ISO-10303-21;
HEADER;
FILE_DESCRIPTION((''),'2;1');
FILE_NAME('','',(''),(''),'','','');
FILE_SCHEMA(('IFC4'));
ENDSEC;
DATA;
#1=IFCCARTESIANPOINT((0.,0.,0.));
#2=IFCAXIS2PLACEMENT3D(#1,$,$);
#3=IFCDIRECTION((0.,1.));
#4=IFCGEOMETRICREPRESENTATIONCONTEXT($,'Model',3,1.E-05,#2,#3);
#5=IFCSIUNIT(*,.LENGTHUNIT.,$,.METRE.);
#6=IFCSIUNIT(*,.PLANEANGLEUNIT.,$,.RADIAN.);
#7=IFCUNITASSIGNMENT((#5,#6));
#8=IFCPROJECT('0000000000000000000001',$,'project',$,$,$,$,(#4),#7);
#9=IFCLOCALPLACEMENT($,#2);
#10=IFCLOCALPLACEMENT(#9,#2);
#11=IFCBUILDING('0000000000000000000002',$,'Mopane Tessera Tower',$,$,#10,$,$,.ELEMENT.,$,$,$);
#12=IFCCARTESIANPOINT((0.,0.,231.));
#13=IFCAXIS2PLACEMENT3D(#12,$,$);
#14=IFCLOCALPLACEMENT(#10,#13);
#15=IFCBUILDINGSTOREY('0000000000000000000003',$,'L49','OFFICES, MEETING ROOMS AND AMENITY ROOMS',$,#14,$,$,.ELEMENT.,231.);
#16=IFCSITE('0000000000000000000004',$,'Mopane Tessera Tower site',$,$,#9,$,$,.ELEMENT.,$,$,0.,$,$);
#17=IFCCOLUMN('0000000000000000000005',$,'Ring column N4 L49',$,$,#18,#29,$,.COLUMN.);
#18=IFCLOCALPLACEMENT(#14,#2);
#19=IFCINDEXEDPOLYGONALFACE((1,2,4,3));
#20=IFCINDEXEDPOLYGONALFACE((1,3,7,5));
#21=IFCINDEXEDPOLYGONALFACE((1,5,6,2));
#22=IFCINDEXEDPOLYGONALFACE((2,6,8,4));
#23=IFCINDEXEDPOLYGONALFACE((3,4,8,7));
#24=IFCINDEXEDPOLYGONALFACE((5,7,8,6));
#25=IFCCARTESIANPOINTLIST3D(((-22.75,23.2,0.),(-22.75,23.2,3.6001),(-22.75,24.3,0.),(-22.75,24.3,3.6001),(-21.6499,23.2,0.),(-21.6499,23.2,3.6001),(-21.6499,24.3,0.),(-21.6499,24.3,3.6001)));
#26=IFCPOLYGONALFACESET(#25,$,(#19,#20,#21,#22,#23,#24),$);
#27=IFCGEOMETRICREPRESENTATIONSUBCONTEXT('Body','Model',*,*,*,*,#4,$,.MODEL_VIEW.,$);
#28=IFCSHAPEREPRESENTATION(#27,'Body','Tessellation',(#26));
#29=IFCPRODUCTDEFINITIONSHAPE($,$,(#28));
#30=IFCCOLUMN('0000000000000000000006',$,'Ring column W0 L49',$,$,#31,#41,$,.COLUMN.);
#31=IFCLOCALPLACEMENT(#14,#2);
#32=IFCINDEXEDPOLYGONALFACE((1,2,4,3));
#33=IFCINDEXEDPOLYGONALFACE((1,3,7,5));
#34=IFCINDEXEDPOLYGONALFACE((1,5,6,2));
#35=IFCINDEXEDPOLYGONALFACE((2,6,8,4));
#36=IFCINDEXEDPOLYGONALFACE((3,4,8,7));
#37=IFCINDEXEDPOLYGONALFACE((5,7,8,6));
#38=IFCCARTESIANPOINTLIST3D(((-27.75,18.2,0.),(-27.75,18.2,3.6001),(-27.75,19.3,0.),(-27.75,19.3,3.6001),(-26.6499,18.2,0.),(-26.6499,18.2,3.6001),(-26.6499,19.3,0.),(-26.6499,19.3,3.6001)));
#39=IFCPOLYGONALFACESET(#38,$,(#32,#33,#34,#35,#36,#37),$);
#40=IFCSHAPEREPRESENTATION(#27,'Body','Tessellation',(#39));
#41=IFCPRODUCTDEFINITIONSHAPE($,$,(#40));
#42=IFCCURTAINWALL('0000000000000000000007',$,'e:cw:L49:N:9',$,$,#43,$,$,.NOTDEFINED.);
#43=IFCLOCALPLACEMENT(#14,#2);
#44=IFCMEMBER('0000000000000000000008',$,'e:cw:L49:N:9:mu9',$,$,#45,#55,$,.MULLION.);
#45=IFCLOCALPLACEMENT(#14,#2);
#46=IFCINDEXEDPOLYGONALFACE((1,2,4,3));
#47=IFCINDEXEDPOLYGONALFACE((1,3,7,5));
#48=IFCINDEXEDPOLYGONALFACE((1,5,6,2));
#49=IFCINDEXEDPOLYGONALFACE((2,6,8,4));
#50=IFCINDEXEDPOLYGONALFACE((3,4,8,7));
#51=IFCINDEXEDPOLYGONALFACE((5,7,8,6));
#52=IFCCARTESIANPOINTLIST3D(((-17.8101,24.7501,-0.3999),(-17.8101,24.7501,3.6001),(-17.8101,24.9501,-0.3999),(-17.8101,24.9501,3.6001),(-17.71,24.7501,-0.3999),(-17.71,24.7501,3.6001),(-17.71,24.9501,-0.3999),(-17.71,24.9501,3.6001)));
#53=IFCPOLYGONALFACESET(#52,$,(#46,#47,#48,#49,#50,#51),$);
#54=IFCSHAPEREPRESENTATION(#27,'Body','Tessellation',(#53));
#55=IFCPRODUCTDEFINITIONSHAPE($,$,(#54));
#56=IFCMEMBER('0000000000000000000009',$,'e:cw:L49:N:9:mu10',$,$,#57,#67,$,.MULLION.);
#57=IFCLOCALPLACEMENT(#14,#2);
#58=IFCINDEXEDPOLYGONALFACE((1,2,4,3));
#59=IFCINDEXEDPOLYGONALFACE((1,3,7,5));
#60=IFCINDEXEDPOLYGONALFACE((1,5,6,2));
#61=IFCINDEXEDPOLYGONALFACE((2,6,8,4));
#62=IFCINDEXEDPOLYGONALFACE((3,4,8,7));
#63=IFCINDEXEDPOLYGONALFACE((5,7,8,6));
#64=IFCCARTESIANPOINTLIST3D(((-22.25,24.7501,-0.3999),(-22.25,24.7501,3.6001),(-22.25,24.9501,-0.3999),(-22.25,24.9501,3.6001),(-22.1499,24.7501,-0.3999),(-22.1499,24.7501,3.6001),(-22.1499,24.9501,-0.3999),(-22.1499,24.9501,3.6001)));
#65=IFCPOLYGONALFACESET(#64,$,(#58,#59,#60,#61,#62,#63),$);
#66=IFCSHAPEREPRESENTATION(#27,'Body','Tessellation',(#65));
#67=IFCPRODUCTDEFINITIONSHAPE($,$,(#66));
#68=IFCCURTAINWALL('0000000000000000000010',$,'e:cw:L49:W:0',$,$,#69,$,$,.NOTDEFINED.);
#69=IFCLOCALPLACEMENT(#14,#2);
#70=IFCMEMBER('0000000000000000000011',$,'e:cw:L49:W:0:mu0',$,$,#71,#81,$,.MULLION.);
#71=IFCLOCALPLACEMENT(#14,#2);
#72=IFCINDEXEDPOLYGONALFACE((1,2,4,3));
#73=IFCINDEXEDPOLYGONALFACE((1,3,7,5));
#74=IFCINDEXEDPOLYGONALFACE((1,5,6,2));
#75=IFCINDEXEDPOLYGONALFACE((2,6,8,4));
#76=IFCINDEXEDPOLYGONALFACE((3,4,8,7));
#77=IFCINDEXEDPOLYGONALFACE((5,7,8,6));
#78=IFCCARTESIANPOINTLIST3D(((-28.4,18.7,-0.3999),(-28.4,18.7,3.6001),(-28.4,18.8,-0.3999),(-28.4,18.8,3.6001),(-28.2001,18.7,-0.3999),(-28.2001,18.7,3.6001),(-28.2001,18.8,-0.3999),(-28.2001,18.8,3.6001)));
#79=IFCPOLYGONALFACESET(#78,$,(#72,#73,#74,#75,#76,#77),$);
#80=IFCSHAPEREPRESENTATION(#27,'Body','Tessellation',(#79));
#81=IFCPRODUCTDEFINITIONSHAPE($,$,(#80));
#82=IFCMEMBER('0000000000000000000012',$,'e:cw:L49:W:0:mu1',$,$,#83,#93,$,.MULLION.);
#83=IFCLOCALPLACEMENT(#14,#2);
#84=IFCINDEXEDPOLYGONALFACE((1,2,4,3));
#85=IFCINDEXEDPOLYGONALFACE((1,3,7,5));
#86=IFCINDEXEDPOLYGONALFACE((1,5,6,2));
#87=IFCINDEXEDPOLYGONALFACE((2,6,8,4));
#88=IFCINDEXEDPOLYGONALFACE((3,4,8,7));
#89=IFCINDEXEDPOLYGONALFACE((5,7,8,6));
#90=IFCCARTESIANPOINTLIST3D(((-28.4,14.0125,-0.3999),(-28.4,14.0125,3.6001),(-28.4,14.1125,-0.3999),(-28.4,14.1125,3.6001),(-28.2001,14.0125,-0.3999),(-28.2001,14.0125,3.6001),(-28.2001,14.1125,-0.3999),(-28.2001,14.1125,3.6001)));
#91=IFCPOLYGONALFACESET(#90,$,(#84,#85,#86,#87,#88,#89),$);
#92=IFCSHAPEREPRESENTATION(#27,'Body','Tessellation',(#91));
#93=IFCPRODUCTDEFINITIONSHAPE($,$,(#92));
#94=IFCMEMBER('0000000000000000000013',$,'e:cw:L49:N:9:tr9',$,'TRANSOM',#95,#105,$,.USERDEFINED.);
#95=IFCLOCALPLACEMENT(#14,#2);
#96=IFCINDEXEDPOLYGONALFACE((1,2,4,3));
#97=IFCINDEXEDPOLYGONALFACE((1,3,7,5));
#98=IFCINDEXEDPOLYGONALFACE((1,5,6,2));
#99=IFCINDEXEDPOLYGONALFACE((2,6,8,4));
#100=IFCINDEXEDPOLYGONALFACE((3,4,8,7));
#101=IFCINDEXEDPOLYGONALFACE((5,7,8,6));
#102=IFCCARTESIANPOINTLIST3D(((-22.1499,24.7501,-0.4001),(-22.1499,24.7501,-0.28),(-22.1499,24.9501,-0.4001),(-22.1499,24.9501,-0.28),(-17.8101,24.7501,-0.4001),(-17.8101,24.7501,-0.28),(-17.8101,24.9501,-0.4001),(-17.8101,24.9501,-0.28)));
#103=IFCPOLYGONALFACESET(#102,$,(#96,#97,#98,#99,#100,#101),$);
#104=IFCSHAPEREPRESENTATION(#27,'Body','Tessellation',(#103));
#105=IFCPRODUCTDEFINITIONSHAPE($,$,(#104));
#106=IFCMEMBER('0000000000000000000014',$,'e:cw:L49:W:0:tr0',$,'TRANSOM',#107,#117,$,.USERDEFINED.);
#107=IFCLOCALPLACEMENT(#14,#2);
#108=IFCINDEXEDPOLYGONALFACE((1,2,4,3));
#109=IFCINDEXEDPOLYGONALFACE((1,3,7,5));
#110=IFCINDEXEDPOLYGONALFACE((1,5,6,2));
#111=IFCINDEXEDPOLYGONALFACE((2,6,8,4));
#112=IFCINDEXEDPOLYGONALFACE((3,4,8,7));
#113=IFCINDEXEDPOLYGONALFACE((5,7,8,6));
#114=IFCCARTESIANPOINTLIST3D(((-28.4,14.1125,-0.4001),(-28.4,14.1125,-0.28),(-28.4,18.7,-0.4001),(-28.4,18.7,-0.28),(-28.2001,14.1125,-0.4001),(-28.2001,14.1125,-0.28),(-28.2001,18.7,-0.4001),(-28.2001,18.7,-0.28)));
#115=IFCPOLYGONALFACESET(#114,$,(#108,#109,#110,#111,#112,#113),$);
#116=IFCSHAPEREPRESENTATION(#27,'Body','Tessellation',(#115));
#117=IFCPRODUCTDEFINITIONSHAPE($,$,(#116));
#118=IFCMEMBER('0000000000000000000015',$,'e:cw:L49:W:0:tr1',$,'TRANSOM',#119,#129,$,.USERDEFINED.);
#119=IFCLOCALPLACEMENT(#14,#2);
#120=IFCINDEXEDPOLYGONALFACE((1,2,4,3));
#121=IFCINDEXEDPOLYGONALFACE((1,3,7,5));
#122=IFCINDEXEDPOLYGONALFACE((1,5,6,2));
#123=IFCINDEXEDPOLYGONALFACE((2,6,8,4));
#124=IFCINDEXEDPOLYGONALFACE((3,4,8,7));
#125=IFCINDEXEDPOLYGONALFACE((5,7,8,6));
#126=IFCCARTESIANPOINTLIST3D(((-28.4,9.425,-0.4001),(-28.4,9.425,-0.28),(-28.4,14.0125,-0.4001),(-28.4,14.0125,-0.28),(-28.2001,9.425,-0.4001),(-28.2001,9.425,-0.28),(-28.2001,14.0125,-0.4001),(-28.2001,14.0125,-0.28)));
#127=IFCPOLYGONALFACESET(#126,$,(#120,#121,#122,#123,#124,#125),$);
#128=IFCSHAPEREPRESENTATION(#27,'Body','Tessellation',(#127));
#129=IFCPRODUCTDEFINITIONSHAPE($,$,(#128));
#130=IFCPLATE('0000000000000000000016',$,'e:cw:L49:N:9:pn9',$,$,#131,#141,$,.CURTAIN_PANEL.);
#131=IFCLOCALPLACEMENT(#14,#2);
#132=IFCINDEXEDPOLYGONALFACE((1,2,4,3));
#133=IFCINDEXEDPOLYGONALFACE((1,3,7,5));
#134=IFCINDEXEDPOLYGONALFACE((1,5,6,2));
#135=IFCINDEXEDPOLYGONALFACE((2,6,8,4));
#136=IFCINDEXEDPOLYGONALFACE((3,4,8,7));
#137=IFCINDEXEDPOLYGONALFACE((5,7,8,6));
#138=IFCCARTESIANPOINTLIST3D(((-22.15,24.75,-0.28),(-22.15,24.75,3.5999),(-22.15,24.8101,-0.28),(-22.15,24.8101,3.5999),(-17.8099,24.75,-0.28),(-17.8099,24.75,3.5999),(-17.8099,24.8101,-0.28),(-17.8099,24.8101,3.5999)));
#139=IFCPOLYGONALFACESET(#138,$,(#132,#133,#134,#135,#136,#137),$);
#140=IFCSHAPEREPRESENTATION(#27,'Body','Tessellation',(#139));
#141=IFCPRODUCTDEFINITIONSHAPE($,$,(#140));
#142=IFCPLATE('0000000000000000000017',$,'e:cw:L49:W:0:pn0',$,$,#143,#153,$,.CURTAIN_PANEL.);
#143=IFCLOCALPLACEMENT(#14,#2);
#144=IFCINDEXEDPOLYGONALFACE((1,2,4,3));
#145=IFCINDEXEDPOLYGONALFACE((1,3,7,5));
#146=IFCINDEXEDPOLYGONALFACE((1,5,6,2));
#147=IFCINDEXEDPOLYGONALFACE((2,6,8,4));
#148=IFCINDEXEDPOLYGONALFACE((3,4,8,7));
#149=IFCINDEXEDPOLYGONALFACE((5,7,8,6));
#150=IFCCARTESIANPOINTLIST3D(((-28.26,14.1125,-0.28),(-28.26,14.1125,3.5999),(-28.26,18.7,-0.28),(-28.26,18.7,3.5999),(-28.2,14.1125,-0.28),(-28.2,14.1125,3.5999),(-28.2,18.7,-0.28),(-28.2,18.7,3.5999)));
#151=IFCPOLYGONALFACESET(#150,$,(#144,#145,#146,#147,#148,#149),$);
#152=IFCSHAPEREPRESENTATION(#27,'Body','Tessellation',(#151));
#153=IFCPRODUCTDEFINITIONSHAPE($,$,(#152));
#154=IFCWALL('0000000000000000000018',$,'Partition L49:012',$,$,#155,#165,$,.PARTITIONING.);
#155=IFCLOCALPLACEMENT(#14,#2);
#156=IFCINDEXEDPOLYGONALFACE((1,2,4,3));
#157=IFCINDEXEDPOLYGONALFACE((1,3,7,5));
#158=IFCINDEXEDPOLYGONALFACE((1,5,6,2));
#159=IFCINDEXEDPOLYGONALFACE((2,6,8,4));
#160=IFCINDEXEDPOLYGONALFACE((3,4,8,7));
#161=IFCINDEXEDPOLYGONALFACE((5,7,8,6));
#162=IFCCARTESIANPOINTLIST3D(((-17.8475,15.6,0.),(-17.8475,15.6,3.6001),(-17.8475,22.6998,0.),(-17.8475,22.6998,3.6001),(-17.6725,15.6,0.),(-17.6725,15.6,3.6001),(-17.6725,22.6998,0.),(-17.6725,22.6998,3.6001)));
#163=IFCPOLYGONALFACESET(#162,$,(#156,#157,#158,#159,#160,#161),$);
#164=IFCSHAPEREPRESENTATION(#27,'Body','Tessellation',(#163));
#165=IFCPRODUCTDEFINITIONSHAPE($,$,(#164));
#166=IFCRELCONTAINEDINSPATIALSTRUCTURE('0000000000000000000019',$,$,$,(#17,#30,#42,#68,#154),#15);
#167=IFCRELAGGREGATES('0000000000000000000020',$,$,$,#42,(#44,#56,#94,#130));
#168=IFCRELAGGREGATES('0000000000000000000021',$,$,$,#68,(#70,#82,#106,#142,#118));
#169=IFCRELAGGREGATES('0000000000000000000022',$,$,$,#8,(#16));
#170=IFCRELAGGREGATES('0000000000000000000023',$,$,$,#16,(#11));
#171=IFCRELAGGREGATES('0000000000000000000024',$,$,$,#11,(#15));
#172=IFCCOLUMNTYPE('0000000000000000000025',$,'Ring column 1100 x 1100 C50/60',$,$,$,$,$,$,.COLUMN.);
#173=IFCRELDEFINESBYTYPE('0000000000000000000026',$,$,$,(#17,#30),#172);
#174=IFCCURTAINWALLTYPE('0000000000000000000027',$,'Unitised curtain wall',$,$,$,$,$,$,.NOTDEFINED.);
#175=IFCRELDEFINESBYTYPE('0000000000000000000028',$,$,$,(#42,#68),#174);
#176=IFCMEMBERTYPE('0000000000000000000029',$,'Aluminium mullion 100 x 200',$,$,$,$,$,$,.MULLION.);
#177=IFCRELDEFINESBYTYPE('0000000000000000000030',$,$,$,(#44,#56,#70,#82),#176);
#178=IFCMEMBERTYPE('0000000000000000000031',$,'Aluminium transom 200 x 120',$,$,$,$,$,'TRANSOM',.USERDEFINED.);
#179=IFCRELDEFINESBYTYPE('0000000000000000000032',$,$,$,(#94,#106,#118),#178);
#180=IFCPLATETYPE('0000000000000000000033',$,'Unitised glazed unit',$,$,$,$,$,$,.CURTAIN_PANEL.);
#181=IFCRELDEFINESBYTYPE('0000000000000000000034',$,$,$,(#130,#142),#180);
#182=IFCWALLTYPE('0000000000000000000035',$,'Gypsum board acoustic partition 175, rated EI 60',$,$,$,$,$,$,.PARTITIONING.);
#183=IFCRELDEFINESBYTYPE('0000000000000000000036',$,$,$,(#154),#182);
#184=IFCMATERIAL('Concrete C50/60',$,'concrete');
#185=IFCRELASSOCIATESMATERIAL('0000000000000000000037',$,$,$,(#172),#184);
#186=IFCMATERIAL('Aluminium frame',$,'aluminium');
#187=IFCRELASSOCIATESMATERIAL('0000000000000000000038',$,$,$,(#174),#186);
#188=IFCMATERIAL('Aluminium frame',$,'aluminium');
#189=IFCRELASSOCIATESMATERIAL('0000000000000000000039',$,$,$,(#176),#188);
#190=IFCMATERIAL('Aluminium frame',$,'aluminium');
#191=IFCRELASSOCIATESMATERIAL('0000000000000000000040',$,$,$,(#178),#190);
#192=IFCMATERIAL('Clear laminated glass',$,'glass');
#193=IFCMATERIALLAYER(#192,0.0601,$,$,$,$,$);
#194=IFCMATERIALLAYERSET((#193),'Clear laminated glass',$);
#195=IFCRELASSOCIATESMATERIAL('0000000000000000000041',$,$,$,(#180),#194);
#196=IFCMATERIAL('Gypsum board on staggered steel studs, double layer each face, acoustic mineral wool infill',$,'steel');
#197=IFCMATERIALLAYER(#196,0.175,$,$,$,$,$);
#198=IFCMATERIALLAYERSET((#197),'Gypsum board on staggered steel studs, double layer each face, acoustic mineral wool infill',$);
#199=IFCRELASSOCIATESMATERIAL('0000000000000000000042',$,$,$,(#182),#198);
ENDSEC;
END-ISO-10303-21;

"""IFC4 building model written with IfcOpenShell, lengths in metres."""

from ifc_helpers import new_model, si_unit, direction, frame, frame_2d, origin, origin_2d, place, context, subcontext, project, spatial, rectangle, extrude, material, layer, layer_set, material_profile, profile_set, type_object, element, aggregate, save


model = new_model("IFC4")

# Units and contexts
model_context = context("Model", 3, precision=1e-05, world=origin(), true_north=direction((0.0, 1.0)))
body_context = subcontext(model_context, "Body", "Model", "MODEL_VIEW")
ifc_project = project(units=[si_unit("LENGTHUNIT", "METRE"), si_unit("PLANEANGLEUNIT", "RADIAN")], contexts=[model_context])

# Site, building, storey
site_placement = place(None, origin())
site = spatial("IfcSite", under=ifc_project, at=site_placement, Name="Mopane Tessera Tower site", CompositionType="ELEMENT", RefElevation=0.0)
building_placement = place(site_placement, origin())
building = spatial("IfcBuilding", under=site, at=building_placement, Name="Mopane Tessera Tower", CompositionType="ELEMENT")
storey_placement = place(building_placement, frame((0.0, 0.0, 231.0)))
storey = spatial("IfcBuildingStorey", under=building, at=storey_placement, Name="L49", Description="OFFICES, MEETING ROOMS AND AMENITY ROOMS", CompositionType="ELEMENT", Elevation=231.0)

# Columns
ifc_material_1 = material(Name="Concrete C50/60", Category="concrete")
ifc_material_profile_1 = material_profile(ifc_material_1, rectangle(XDim=1.1001, YDim=1.1001, at=origin_2d()))
ifc_profile_set_1 = profile_set([ifc_material_profile_1], Name="Concrete C50/60")
column_type = type_object("IfcColumnType", Name="Ring column 1100 x 1100 C50/60", PredefinedType="COLUMN", material=ifc_profile_set_1)
for number, where, z_axis, x_axis, name in (
    (1, (-22.2, 23.75, 0.0), (0.0, 0.0, 1.0), (1.0, 0.0, 0.0), "Ring column N4 L49"),
    (2, (-27.2, 18.75, 0.0), (0.0, 0.0, 1.0), (1.0, 0.0, 0.0), "Ring column W0 L49"),
):
    element("IfcColumn", number, at=place(storey_placement, frame(where, z_axis=z_axis, x_axis=x_axis)), inside=storey, type_object=column_type, Name=name, PredefinedType="COLUMN", context=body_context, shape_type="SweptSolid", body=[
        extrude(rectangle(XDim=1.1001, YDim=1.1001, at=origin_2d()), origin(), (0.0, 0.0, 1.0), 3.6001),
    ])

# Curtain walls, members
ifc_material_2 = material(Name="Aluminium frame", Category="aluminium")
curtain_wall_type = type_object("IfcCurtainWallType", Name="Unitised curtain wall", PredefinedType="NOTDEFINED", material=ifc_material_2)
curtain_wall_1_placement = place(storey_placement, origin())
curtain_wall_1 = element("IfcCurtainWall", 3, at=curtain_wall_1_placement, inside=storey, type_object=curtain_wall_type, Name="e:cw:L49:N:9", PredefinedType="NOTDEFINED")
ifc_material_3 = material(Name="Aluminium frame", Category="aluminium")
ifc_material_profile_2 = material_profile(ifc_material_3, rectangle(XDim=0.1001, YDim=0.2, at=origin_2d()))
ifc_profile_set_2 = profile_set([ifc_material_profile_2], Name="Aluminium frame")
member_type_1 = type_object("IfcMemberType", Name="Aluminium mullion 100 x 200", PredefinedType="MULLION", material=ifc_profile_set_2)
member_1_placement = place(storey_placement, frame((-17.76, 24.8501, -0.3999), z_axis=(0.0, 0.0, 1.0), x_axis=(-1.0, 0.0, 0.0)))
member_1 = element("IfcMember", 4, at=member_1_placement, type_object=member_type_1, Name="e:cw:L49:N:9:mu9", PredefinedType="MULLION", context=body_context, shape_type="SweptSolid", body=[
    extrude(rectangle(XDim=0.1001, YDim=0.2, at=origin_2d()), origin(), (0.0, 0.0, 1.0), 4.0),
])
member_2_placement = place(storey_placement, frame((-22.2, 24.8501, -0.3999), z_axis=(0.0, 0.0, 1.0), x_axis=(-1.0, 0.0, 0.0)))
member_2 = element("IfcMember", 5, at=member_2_placement, type_object=member_type_1, Name="e:cw:L49:N:9:mu10", PredefinedType="MULLION", context=body_context, shape_type="SweptSolid", body=[
    extrude(rectangle(XDim=0.1001, YDim=0.2, at=origin_2d()), origin(), (0.0, 0.0, 1.0), 4.0),
])
curtain_wall_2_placement = place(storey_placement, origin())
curtain_wall_2 = element("IfcCurtainWall", 6, at=curtain_wall_2_placement, inside=storey, type_object=curtain_wall_type, Name="e:cw:L49:W:0", PredefinedType="NOTDEFINED")
member_3_placement = place(storey_placement, frame((-28.3, 18.75, -0.3999), z_axis=(0.0, 0.0, 1.0), x_axis=(0.0, -1.0, 0.0)))
member_3 = element("IfcMember", 7, at=member_3_placement, type_object=member_type_1, Name="e:cw:L49:W:0:mu0", PredefinedType="MULLION", context=body_context, shape_type="SweptSolid", body=[
    extrude(rectangle(XDim=0.1001, YDim=0.2, at=origin_2d()), origin(), (0.0, 0.0, 1.0), 4.0),
])
member_4_placement = place(storey_placement, frame((-28.3, 14.0625, -0.3999), z_axis=(0.0, 0.0, 1.0), x_axis=(0.0, -1.0, 0.0)))
member_4 = element("IfcMember", 8, at=member_4_placement, type_object=member_type_1, Name="e:cw:L49:W:0:mu1", PredefinedType="MULLION", context=body_context, shape_type="SweptSolid", body=[
    extrude(rectangle(XDim=0.1001, YDim=0.2, at=origin_2d()), origin(), (0.0, 0.0, 1.0), 4.0),
])

# Members
ifc_material_4 = material(Name="Aluminium frame", Category="aluminium")
ifc_material_profile_3 = material_profile(ifc_material_4, rectangle(XDim=0.2, YDim=0.1201, at=origin_2d()))
ifc_profile_set_3 = profile_set([ifc_material_profile_3], Name="Aluminium frame")
member_type_2 = type_object("IfcMemberType", Name="Aluminium transom 200 x 120", ElementType="TRANSOM", PredefinedType="USERDEFINED", material=ifc_profile_set_3)
member_5_placement = place(storey_placement, frame((-17.8101, 24.8501, -0.3401), z_axis=(-1.0, 0.0, 0.0), x_axis=(0.0, -1.0, 0.0)))
member_5 = element("IfcMember", 9, at=member_5_placement, type_object=member_type_2, Name="e:cw:L49:N:9:tr9", ObjectType="TRANSOM", PredefinedType="USERDEFINED", context=body_context, shape_type="SweptSolid", body=[
    extrude(rectangle(XDim=0.2, YDim=0.1201, at=origin_2d()), origin(), (0.0, 0.0, 1.0), 4.3398),
])
member_6_placement = place(storey_placement, frame((-28.3, 18.7, -0.3401), z_axis=(0.0, -1.0, 0.0), x_axis=(1.0, 0.0, 0.0)))
member_6 = element("IfcMember", 10, at=member_6_placement, type_object=member_type_2, Name="e:cw:L49:W:0:tr0", ObjectType="TRANSOM", PredefinedType="USERDEFINED", context=body_context, shape_type="SweptSolid", body=[
    extrude(rectangle(XDim=0.2, YDim=0.1201, at=origin_2d()), origin(), (0.0, 0.0, 1.0), 4.5874),
])
member_7_placement = place(storey_placement, frame((-28.3, 14.0125, -0.3401), z_axis=(0.0, -1.0, 0.0), x_axis=(1.0, 0.0, 0.0)))
member_7 = element("IfcMember", 11, at=member_7_placement, type_object=member_type_2, Name="e:cw:L49:W:0:tr1", ObjectType="TRANSOM", PredefinedType="USERDEFINED", context=body_context, shape_type="SweptSolid", body=[
    extrude(rectangle(XDim=0.2, YDim=0.1201, at=origin_2d()), origin(), (0.0, 0.0, 1.0), 4.5874),
])

# Plates
ifc_material_5 = material(Name="Clear laminated glass", Category="glass")
ifc_layer_1 = layer(ifc_material_5, 0.0601)
ifc_layer_set_1 = layer_set([ifc_layer_1], Name="Clear laminated glass")
plate_type = type_object("IfcPlateType", Name="Unitised glazed unit", PredefinedType="CURTAIN_PANEL", material=ifc_layer_set_1)
plate_1_placement = place(storey_placement, frame((-19.98, 24.78, -0.28), z_axis=(0.0, 0.0, 1.0), x_axis=(-1.0, 0.0, 0.0)))
plate_1 = element("IfcPlate", 12, at=plate_1_placement, type_object=plate_type, Name="e:cw:L49:N:9:pn9", PredefinedType="CURTAIN_PANEL", context=body_context, shape_type="SweptSolid", body=[
    extrude(rectangle(XDim=4.3401, YDim=0.0601, at=origin_2d()), origin(), (0.0, 0.0, 1.0), 3.8799),
])
aggregate(curtain_wall_1, [member_1, member_2, member_5, plate_1])
plate_2_placement = place(storey_placement, frame((-28.23, 16.4062, -0.28), z_axis=(0.0, 0.0, 1.0), x_axis=(0.0, -1.0, 0.0)))
plate_2 = element("IfcPlate", 13, at=plate_2_placement, type_object=plate_type, Name="e:cw:L49:W:0:pn0", PredefinedType="CURTAIN_PANEL", context=body_context, shape_type="SweptSolid", body=[
    extrude(rectangle(XDim=4.5874, YDim=0.0601, at=origin_2d()), origin(), (0.0, 0.0, 1.0), 3.8799),
])
aggregate(curtain_wall_2, [member_3, member_4, member_6, plate_2, member_7])

# Wall
ifc_material_6 = material(Name="Gypsum board on staggered steel studs, double layer each face, acoustic mineral wool infill", Category="steel")
ifc_layer_2 = layer(ifc_material_6, 0.175)
ifc_layer_set_2 = layer_set([ifc_layer_2], Name="Gypsum board on staggered steel studs, double layer each face, acoustic mineral wool infill")
wall_type_1 = type_object("IfcWallType", Name="Gypsum board acoustic partition 175, rated EI 60", PredefinedType="PARTITIONING", material=ifc_layer_set_2)
wall_1_placement = place(storey_placement, frame((-17.76, 15.6001, 0.0), z_axis=(0.0, 0.0, 1.0), x_axis=(0.0, 1.0, 0.0)))
element("IfcWall", 14, at=wall_1_placement, inside=storey, type_object=wall_type_1, Name="Partition L49:012", PredefinedType="PARTITIONING", context=body_context, shape_type="SweptSolid", body=[
    extrude(rectangle(XDim=7.0999, YDim=0.175, at=frame_2d((3.5498, 0.0))), origin(), (0.0, 0.0, 1.0), 3.6001),
])

save(model, "model.ifc")
